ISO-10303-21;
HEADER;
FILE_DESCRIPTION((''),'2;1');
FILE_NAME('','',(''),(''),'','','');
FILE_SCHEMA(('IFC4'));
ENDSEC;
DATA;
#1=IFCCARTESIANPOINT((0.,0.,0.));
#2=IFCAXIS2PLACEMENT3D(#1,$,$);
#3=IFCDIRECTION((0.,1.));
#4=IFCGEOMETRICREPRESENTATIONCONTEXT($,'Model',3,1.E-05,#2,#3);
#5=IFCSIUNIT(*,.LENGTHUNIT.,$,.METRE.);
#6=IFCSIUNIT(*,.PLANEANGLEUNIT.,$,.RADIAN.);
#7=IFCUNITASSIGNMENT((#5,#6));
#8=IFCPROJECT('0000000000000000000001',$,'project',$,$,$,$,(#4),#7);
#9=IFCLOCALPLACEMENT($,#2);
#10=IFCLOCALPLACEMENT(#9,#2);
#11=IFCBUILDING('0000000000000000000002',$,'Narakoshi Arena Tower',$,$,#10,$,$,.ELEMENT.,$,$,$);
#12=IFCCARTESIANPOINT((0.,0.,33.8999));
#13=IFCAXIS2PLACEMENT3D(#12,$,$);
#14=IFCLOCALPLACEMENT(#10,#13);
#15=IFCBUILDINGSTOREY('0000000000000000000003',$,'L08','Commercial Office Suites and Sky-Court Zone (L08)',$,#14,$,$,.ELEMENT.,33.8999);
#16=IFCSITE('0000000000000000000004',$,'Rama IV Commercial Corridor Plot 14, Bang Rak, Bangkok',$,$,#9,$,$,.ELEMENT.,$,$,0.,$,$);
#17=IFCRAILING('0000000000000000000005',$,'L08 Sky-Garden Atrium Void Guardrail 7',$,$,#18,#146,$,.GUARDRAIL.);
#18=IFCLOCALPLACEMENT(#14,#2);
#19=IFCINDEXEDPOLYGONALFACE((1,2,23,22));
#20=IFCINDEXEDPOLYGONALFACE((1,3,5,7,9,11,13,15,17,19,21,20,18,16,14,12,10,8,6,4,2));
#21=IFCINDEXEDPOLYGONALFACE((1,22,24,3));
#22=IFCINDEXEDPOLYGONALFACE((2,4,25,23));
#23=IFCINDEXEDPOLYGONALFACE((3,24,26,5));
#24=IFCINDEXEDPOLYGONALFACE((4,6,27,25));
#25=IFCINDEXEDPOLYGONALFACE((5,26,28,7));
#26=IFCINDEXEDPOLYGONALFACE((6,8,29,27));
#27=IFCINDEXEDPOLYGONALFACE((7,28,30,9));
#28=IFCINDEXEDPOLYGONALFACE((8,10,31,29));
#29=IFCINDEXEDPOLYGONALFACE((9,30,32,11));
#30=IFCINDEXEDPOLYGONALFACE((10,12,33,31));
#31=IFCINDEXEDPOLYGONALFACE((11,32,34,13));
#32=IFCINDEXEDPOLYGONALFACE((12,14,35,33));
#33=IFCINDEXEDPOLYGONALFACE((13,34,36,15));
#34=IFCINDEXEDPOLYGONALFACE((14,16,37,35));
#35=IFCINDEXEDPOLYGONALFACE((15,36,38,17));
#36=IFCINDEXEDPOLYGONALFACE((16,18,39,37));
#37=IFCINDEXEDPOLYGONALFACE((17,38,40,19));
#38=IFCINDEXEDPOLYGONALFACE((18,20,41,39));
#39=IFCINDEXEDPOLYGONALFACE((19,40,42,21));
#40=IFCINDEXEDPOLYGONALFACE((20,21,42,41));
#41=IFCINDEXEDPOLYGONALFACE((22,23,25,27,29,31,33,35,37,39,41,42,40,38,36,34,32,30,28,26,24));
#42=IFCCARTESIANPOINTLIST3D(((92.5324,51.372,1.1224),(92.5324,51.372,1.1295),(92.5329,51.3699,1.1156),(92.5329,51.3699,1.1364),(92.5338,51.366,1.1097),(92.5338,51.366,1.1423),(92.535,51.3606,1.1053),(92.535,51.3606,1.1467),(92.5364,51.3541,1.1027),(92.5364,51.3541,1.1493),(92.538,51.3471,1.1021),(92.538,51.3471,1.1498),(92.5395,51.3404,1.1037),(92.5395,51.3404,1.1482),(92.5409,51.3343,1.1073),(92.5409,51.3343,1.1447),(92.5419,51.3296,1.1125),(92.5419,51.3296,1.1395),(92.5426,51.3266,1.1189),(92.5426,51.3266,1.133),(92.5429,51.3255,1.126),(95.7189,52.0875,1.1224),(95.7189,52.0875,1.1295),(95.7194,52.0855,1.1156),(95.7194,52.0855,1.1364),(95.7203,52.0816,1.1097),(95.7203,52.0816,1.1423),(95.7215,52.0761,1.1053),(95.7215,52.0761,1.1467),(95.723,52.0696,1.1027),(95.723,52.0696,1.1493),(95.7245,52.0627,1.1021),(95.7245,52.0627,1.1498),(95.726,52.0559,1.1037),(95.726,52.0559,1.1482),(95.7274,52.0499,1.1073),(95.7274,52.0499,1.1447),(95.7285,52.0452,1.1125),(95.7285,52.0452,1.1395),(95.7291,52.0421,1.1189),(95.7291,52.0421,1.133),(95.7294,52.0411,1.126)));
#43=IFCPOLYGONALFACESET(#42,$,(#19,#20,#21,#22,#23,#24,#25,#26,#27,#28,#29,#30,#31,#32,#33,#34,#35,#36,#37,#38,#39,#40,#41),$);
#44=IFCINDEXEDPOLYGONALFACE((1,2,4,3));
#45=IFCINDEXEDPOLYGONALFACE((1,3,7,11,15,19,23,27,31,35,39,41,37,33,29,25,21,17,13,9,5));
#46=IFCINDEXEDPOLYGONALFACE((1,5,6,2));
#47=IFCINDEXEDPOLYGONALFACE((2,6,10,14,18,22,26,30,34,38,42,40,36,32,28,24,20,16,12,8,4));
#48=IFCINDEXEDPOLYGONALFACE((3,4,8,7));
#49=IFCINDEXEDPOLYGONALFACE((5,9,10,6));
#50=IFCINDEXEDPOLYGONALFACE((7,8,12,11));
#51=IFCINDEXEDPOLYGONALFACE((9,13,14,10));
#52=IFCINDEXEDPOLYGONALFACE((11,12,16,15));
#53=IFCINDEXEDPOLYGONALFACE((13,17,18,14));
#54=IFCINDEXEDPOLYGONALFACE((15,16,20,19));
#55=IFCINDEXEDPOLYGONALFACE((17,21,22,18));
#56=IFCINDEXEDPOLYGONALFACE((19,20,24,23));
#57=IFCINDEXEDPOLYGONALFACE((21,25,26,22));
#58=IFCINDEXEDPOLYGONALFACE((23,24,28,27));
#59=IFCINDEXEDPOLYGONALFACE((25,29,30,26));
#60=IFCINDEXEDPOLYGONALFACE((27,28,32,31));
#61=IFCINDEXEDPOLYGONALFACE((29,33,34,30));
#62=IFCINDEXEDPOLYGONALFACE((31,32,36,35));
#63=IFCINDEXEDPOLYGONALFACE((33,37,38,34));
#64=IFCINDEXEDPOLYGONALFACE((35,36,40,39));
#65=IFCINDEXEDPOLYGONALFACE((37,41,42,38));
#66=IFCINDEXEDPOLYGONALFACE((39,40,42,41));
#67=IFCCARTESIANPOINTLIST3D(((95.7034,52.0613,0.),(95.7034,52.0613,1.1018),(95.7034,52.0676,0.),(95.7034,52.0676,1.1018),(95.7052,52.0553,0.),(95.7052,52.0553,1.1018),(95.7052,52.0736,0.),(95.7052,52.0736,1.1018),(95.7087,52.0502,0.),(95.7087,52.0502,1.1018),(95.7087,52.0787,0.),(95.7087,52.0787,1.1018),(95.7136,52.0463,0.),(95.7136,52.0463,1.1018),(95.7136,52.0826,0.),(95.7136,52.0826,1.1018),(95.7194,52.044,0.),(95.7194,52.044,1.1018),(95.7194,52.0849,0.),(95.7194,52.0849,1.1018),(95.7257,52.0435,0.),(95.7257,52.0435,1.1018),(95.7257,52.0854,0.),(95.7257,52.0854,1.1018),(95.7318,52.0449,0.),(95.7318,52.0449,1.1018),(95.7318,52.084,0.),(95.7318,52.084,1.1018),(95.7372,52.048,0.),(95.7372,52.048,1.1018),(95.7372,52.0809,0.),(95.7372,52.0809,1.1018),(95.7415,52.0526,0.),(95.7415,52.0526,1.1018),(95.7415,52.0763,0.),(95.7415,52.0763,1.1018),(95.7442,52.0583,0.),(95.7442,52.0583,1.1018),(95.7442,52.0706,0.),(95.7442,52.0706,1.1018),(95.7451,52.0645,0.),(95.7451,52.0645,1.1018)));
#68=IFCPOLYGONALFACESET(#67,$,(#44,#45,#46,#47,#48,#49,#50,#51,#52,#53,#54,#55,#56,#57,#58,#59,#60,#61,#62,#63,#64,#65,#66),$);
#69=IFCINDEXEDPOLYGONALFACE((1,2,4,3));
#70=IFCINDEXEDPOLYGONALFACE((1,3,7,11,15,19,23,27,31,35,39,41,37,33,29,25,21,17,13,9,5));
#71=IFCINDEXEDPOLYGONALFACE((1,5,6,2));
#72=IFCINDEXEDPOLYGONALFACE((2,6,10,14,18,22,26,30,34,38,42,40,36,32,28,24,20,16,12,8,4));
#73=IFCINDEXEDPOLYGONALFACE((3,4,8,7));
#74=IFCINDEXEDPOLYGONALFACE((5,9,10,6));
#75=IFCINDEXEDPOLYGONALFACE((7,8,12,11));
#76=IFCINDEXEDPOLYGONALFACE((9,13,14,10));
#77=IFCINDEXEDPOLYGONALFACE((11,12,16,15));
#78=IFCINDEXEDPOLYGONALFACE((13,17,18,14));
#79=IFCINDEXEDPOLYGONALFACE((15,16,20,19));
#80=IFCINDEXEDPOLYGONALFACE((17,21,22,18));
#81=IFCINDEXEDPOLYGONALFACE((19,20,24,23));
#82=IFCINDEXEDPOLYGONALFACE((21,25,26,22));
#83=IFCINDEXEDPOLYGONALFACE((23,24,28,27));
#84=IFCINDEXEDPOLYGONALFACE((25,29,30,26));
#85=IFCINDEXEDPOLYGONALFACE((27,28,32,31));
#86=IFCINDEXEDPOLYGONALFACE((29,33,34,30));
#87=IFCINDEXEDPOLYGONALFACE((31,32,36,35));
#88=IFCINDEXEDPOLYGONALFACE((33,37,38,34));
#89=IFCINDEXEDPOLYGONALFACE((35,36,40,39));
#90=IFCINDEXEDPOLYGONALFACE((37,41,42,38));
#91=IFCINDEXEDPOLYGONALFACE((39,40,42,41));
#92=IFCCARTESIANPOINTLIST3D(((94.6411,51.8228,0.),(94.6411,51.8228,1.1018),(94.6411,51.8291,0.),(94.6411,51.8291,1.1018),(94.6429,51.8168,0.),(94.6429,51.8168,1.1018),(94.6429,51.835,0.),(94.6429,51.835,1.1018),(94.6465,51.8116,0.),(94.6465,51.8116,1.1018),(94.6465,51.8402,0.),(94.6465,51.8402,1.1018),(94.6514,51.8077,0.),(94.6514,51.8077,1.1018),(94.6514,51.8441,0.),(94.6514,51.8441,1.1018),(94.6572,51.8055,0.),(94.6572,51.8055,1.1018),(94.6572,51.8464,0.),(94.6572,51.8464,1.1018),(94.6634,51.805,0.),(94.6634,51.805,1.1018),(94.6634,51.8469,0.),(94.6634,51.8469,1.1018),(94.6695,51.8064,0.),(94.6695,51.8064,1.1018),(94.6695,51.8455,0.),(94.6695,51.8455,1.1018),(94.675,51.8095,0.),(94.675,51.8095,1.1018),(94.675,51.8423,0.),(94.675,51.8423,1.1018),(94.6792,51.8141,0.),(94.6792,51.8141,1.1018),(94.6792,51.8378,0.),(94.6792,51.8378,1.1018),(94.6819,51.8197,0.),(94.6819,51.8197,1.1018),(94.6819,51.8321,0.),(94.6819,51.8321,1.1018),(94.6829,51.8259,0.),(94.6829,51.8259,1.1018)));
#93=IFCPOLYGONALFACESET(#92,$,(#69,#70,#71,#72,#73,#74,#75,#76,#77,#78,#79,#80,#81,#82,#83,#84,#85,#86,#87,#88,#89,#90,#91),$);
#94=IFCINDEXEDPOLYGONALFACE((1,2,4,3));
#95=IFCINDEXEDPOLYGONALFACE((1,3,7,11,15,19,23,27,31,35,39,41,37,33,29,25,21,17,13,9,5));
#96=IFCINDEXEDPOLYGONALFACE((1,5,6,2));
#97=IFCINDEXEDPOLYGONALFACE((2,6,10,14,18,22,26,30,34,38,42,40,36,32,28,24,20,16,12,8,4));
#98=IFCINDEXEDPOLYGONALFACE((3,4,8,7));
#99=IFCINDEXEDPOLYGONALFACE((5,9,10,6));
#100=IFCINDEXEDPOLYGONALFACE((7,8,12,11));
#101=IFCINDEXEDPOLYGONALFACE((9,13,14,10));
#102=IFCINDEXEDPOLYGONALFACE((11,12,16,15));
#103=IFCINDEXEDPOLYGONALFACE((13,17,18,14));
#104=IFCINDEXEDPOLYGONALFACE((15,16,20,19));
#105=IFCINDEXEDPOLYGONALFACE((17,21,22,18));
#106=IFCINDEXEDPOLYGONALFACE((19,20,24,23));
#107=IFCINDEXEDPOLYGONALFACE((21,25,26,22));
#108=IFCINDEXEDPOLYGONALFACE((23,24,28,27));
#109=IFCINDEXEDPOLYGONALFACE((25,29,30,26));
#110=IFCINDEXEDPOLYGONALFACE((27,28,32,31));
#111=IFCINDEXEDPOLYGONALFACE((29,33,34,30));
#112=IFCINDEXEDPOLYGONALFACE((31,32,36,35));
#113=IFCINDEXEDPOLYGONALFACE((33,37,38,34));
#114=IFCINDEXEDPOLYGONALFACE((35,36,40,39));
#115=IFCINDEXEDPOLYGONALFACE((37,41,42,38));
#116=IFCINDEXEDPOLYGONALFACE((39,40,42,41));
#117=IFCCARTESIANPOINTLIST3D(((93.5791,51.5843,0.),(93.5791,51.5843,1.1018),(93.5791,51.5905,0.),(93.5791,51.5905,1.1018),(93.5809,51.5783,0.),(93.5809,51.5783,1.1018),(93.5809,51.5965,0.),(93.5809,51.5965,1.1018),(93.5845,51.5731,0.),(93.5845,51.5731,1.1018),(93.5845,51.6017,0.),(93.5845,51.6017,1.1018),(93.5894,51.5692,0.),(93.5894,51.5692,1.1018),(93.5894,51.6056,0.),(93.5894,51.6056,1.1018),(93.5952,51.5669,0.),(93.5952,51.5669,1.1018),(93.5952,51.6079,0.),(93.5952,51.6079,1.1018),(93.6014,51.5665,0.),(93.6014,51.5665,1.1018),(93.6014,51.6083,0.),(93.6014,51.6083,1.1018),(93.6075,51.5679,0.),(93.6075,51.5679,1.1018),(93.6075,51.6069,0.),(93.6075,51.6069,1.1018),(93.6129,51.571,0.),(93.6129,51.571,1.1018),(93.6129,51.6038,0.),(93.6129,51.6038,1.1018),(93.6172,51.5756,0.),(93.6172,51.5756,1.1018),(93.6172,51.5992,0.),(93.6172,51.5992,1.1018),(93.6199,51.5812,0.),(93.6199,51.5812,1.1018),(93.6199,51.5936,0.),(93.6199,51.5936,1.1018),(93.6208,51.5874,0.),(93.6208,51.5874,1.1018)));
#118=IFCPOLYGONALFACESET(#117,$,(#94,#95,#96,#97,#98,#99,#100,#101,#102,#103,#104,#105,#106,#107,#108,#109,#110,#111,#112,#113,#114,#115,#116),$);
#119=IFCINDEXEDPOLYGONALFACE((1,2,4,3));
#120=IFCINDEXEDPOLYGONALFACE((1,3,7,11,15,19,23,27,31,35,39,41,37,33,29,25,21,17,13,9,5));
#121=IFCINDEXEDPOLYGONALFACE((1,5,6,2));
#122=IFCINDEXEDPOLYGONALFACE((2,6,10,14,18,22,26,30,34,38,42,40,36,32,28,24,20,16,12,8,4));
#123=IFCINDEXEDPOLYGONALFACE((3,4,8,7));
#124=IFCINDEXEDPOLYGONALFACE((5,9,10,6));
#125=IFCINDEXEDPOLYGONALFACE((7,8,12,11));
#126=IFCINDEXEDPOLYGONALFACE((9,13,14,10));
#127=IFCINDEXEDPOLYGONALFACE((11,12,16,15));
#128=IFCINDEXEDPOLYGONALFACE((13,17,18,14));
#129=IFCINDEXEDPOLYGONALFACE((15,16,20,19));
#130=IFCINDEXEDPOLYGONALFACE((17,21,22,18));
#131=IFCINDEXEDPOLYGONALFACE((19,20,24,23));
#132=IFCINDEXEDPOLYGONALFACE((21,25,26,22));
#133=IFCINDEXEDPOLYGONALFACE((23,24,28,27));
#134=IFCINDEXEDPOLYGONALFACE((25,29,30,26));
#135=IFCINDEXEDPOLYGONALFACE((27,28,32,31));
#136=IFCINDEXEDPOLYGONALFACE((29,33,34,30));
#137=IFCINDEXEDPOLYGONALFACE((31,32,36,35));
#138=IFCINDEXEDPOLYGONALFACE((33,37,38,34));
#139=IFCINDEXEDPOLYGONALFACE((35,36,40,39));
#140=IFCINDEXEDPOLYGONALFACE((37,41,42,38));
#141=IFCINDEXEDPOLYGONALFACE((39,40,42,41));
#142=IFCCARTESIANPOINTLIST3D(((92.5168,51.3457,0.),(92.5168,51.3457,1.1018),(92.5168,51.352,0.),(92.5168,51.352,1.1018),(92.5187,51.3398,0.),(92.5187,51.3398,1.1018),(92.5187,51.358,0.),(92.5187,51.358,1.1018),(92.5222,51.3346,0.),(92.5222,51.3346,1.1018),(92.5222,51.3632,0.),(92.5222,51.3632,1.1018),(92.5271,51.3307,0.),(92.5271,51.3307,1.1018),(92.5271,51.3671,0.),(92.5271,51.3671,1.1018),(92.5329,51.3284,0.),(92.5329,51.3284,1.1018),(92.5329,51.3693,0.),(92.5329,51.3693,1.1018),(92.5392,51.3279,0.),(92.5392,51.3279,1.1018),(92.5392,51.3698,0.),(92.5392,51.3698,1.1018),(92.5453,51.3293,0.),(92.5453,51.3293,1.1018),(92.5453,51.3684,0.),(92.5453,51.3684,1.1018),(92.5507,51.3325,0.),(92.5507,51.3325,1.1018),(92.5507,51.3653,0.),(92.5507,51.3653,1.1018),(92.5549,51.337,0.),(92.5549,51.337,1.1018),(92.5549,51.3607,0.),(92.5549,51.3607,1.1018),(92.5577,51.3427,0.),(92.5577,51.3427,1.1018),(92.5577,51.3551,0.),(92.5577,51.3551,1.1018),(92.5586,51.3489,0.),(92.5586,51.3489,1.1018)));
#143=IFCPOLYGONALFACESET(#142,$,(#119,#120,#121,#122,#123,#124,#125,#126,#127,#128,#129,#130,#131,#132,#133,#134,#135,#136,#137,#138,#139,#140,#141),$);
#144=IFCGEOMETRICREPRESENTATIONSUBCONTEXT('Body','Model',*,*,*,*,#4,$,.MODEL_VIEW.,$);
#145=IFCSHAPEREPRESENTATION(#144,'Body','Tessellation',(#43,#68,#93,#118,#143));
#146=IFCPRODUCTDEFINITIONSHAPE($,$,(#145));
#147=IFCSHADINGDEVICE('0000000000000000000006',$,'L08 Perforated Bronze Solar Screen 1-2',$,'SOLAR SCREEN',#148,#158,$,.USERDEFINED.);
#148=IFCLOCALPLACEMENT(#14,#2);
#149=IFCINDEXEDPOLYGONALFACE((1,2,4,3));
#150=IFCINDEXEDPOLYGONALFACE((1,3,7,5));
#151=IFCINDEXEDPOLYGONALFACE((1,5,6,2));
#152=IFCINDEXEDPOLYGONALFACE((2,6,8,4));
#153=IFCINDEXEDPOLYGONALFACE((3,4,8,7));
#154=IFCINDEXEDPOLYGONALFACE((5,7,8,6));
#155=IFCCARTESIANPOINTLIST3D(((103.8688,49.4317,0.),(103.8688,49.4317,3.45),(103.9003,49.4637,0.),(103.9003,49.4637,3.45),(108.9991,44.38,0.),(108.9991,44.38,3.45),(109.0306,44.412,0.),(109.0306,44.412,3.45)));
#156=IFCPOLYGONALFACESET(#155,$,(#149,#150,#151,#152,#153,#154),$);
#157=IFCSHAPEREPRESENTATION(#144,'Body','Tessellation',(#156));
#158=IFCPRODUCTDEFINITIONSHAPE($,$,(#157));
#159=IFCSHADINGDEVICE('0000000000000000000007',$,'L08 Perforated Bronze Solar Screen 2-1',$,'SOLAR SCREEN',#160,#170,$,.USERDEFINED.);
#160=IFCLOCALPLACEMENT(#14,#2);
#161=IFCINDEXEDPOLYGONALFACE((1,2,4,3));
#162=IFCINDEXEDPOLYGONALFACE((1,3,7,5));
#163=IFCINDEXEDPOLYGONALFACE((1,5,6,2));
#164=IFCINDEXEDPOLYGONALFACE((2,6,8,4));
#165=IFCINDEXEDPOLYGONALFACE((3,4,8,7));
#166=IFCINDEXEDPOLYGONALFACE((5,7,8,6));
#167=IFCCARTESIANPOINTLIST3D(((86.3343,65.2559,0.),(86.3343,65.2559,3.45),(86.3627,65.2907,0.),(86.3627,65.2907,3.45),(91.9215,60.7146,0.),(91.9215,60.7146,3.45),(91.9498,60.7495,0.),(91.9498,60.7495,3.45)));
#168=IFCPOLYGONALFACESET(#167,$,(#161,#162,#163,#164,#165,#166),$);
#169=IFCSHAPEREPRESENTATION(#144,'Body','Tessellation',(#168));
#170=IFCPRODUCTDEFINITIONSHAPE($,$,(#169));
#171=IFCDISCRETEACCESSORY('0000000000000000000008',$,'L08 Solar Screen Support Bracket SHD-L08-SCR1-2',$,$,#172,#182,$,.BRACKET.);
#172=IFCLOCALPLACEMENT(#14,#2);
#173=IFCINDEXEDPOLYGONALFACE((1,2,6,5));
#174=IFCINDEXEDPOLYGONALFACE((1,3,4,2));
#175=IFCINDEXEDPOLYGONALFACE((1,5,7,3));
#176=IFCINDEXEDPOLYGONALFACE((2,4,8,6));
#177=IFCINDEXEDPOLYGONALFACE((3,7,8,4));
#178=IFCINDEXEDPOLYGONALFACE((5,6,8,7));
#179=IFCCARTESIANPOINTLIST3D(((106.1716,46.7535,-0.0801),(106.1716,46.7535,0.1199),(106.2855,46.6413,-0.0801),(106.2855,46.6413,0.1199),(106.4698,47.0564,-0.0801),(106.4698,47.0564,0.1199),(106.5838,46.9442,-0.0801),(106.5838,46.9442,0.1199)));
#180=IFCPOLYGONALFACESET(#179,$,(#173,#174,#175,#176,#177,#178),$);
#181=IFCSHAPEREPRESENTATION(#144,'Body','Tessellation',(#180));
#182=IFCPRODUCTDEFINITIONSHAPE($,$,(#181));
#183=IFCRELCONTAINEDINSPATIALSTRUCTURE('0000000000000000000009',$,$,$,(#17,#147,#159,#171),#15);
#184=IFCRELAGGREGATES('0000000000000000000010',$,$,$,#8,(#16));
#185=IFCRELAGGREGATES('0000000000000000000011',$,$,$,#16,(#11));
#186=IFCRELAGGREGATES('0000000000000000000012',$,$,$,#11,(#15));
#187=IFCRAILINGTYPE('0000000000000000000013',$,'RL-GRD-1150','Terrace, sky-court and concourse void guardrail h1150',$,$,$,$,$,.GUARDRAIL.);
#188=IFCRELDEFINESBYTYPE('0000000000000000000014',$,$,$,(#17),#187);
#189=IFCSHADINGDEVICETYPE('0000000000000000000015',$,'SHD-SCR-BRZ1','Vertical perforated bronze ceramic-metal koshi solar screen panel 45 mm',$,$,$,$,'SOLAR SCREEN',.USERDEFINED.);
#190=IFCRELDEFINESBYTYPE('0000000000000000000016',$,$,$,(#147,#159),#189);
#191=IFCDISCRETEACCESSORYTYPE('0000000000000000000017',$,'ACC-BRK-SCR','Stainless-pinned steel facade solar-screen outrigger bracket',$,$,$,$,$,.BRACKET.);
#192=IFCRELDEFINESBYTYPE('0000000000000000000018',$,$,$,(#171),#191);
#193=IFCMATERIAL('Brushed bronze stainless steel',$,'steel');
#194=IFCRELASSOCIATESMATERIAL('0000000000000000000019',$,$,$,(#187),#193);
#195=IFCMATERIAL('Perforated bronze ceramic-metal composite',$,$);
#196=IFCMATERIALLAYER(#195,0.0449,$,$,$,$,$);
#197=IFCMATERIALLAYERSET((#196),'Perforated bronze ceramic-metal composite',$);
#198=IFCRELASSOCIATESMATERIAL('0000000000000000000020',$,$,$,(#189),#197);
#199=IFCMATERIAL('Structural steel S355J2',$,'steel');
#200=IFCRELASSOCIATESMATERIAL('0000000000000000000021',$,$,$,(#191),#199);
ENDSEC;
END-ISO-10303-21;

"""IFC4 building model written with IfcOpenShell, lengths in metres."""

from ifc_helpers import new_model, si_unit, direction, frame, origin, origin_2d, place, context, subcontext, project, spatial, rectangle, circle, extrude, material, layer, layer_set, type_object, element, save


model = new_model("IFC4")

# Units and contexts
model_context = context("Model", 3, precision=1e-05, world=origin(), true_north=direction((0.0, 1.0)))
body_context = subcontext(model_context, "Body", "Model", "MODEL_VIEW")
ifc_project = project(units=[si_unit("LENGTHUNIT", "METRE"), si_unit("PLANEANGLEUNIT", "RADIAN")], contexts=[model_context])

# Site, building, storey
site_placement = place(None, origin())
site = spatial("IfcSite", under=ifc_project, at=site_placement, Name="Rama IV Commercial Corridor Plot 14, Bang Rak, Bangkok", CompositionType="ELEMENT", RefElevation=0.0)
building_placement = place(site_placement, origin())
building = spatial("IfcBuilding", under=site, at=building_placement, Name="Narakoshi Arena Tower", CompositionType="ELEMENT")
storey_placement = place(building_placement, frame((0.0, 0.0, 33.8999)))
storey = spatial("IfcBuildingStorey", under=building, at=storey_placement, Name="L08", Description="Commercial Office Suites and Sky-Court Zone (L08)", CompositionType="ELEMENT", Elevation=33.8999)

# Shared definitions
ifc_material_1 = material(Name="Structural steel S355J2", Category="steel")

# Railing
ifc_material_2 = material(Name="Brushed bronze stainless steel", Category="steel")
railing_type = type_object("IfcRailingType", Name="RL-GRD-1150", Description="Terrace, sky-court and concourse void guardrail h1150", PredefinedType="GUARDRAIL", material=ifc_material_2)
railing_1_placement = place(storey_placement, frame((95.7241, 52.0645, 0.0)))
element("IfcRailing", 1, at=railing_1_placement, inside=storey, type_object=railing_type, Name="L08 Sky-Garden Atrium Void Guardrail 7", PredefinedType="GUARDRAIL", context=body_context, shape_type="SweptSolid", body=[
    extrude(circle(Radius=0.0239, at=origin_2d()), frame((0.0, 0.0, 1.126), z_axis=(-0.975701, -0.219107, 0.0), x_axis=(0.219107, -0.975701, 0.0)), (0.0, 0.0, 1.0), 3.2659),
    extrude(circle(Radius=0.021, at=origin_2d()), origin(), (0.0, 0.0, 1.0), 1.1018),
    extrude(circle(Radius=0.021, at=origin_2d()), frame((-1.0623, -0.2385, 0.0)), (0.0, 0.0, 1.0), 1.1018),
    extrude(circle(Radius=0.021, at=origin_2d()), frame((-2.1243, -0.4771, 0.0)), (0.0, 0.0, 1.0), 1.1018),
    extrude(circle(Radius=0.021, at=origin_2d()), frame((-3.1865, -0.7156, 0.0)), (0.0, 0.0, 1.0), 1.1018),
])

# Shading devices
ifc_material_3 = material(Name="Perforated bronze ceramic-metal composite")
ifc_layer_1 = layer(ifc_material_3, 0.0449)
ifc_layer_set_1 = layer_set([ifc_layer_1], Name="Perforated bronze ceramic-metal composite")
shading_device_type = type_object("IfcShadingDeviceType", Name="SHD-SCR-BRZ1", Description="Vertical perforated bronze ceramic-metal koshi solar screen panel 45 mm", ElementType="SOLAR SCREEN", PredefinedType="USERDEFINED", material=ifc_layer_set_1)
for number, where, z_axis, x_axis, name in (
    (2, (106.4497, 46.9219, 0.0), (0.0, 0.0, 1.0), (-0.712541, 0.701631, 0.0), "L08 Perforated Bronze Solar Screen 1-2"),
    (3, (89.1421, 63.0027, 0.0), (0.0, 0.0, 1.0), (-0.776002, 0.63073, 0.0), "L08 Perforated Bronze Solar Screen 2-1"),
):
    element("IfcShadingDevice", number, at=place(storey_placement, frame(where, z_axis=z_axis, x_axis=x_axis)), inside=storey, type_object=shading_device_type, Name=name, ObjectType="SOLAR SCREEN", PredefinedType="USERDEFINED", context=body_context, shape_type="SweptSolid", body=[
        extrude(rectangle(XDim=7.2, YDim=0.0449, at=origin_2d()), origin(), (0.0, 0.0, 1.0), 3.45),
    ])

# Discrete accessory
discrete_accessory_type = type_object("IfcDiscreteAccessoryType", Name="ACC-BRK-SCR", Description="Stainless-pinned steel facade solar-screen outrigger bracket", PredefinedType="BRACKET", material=ifc_material_1)
discrete_accessory_placement = place(storey_placement, frame((106.3777, 46.8489, -0.0801), z_axis=(0.0, 0.0, 1.0), x_axis=(-0.712541, 0.701631, 0.0)))
element("IfcDiscreteAccessory", 4, at=discrete_accessory_placement, inside=storey, type_object=discrete_accessory_type, Name="L08 Solar Screen Support Bracket SHD-L08-SCR1-2", PredefinedType="BRACKET", context=body_context, shape_type="SweptSolid", body=[
    extrude(rectangle(XDim=0.1599, YDim=0.425, at=origin_2d()), origin(), (0.0, 0.0, 1.0), 0.2),
])

save(model, "model.ifc")
